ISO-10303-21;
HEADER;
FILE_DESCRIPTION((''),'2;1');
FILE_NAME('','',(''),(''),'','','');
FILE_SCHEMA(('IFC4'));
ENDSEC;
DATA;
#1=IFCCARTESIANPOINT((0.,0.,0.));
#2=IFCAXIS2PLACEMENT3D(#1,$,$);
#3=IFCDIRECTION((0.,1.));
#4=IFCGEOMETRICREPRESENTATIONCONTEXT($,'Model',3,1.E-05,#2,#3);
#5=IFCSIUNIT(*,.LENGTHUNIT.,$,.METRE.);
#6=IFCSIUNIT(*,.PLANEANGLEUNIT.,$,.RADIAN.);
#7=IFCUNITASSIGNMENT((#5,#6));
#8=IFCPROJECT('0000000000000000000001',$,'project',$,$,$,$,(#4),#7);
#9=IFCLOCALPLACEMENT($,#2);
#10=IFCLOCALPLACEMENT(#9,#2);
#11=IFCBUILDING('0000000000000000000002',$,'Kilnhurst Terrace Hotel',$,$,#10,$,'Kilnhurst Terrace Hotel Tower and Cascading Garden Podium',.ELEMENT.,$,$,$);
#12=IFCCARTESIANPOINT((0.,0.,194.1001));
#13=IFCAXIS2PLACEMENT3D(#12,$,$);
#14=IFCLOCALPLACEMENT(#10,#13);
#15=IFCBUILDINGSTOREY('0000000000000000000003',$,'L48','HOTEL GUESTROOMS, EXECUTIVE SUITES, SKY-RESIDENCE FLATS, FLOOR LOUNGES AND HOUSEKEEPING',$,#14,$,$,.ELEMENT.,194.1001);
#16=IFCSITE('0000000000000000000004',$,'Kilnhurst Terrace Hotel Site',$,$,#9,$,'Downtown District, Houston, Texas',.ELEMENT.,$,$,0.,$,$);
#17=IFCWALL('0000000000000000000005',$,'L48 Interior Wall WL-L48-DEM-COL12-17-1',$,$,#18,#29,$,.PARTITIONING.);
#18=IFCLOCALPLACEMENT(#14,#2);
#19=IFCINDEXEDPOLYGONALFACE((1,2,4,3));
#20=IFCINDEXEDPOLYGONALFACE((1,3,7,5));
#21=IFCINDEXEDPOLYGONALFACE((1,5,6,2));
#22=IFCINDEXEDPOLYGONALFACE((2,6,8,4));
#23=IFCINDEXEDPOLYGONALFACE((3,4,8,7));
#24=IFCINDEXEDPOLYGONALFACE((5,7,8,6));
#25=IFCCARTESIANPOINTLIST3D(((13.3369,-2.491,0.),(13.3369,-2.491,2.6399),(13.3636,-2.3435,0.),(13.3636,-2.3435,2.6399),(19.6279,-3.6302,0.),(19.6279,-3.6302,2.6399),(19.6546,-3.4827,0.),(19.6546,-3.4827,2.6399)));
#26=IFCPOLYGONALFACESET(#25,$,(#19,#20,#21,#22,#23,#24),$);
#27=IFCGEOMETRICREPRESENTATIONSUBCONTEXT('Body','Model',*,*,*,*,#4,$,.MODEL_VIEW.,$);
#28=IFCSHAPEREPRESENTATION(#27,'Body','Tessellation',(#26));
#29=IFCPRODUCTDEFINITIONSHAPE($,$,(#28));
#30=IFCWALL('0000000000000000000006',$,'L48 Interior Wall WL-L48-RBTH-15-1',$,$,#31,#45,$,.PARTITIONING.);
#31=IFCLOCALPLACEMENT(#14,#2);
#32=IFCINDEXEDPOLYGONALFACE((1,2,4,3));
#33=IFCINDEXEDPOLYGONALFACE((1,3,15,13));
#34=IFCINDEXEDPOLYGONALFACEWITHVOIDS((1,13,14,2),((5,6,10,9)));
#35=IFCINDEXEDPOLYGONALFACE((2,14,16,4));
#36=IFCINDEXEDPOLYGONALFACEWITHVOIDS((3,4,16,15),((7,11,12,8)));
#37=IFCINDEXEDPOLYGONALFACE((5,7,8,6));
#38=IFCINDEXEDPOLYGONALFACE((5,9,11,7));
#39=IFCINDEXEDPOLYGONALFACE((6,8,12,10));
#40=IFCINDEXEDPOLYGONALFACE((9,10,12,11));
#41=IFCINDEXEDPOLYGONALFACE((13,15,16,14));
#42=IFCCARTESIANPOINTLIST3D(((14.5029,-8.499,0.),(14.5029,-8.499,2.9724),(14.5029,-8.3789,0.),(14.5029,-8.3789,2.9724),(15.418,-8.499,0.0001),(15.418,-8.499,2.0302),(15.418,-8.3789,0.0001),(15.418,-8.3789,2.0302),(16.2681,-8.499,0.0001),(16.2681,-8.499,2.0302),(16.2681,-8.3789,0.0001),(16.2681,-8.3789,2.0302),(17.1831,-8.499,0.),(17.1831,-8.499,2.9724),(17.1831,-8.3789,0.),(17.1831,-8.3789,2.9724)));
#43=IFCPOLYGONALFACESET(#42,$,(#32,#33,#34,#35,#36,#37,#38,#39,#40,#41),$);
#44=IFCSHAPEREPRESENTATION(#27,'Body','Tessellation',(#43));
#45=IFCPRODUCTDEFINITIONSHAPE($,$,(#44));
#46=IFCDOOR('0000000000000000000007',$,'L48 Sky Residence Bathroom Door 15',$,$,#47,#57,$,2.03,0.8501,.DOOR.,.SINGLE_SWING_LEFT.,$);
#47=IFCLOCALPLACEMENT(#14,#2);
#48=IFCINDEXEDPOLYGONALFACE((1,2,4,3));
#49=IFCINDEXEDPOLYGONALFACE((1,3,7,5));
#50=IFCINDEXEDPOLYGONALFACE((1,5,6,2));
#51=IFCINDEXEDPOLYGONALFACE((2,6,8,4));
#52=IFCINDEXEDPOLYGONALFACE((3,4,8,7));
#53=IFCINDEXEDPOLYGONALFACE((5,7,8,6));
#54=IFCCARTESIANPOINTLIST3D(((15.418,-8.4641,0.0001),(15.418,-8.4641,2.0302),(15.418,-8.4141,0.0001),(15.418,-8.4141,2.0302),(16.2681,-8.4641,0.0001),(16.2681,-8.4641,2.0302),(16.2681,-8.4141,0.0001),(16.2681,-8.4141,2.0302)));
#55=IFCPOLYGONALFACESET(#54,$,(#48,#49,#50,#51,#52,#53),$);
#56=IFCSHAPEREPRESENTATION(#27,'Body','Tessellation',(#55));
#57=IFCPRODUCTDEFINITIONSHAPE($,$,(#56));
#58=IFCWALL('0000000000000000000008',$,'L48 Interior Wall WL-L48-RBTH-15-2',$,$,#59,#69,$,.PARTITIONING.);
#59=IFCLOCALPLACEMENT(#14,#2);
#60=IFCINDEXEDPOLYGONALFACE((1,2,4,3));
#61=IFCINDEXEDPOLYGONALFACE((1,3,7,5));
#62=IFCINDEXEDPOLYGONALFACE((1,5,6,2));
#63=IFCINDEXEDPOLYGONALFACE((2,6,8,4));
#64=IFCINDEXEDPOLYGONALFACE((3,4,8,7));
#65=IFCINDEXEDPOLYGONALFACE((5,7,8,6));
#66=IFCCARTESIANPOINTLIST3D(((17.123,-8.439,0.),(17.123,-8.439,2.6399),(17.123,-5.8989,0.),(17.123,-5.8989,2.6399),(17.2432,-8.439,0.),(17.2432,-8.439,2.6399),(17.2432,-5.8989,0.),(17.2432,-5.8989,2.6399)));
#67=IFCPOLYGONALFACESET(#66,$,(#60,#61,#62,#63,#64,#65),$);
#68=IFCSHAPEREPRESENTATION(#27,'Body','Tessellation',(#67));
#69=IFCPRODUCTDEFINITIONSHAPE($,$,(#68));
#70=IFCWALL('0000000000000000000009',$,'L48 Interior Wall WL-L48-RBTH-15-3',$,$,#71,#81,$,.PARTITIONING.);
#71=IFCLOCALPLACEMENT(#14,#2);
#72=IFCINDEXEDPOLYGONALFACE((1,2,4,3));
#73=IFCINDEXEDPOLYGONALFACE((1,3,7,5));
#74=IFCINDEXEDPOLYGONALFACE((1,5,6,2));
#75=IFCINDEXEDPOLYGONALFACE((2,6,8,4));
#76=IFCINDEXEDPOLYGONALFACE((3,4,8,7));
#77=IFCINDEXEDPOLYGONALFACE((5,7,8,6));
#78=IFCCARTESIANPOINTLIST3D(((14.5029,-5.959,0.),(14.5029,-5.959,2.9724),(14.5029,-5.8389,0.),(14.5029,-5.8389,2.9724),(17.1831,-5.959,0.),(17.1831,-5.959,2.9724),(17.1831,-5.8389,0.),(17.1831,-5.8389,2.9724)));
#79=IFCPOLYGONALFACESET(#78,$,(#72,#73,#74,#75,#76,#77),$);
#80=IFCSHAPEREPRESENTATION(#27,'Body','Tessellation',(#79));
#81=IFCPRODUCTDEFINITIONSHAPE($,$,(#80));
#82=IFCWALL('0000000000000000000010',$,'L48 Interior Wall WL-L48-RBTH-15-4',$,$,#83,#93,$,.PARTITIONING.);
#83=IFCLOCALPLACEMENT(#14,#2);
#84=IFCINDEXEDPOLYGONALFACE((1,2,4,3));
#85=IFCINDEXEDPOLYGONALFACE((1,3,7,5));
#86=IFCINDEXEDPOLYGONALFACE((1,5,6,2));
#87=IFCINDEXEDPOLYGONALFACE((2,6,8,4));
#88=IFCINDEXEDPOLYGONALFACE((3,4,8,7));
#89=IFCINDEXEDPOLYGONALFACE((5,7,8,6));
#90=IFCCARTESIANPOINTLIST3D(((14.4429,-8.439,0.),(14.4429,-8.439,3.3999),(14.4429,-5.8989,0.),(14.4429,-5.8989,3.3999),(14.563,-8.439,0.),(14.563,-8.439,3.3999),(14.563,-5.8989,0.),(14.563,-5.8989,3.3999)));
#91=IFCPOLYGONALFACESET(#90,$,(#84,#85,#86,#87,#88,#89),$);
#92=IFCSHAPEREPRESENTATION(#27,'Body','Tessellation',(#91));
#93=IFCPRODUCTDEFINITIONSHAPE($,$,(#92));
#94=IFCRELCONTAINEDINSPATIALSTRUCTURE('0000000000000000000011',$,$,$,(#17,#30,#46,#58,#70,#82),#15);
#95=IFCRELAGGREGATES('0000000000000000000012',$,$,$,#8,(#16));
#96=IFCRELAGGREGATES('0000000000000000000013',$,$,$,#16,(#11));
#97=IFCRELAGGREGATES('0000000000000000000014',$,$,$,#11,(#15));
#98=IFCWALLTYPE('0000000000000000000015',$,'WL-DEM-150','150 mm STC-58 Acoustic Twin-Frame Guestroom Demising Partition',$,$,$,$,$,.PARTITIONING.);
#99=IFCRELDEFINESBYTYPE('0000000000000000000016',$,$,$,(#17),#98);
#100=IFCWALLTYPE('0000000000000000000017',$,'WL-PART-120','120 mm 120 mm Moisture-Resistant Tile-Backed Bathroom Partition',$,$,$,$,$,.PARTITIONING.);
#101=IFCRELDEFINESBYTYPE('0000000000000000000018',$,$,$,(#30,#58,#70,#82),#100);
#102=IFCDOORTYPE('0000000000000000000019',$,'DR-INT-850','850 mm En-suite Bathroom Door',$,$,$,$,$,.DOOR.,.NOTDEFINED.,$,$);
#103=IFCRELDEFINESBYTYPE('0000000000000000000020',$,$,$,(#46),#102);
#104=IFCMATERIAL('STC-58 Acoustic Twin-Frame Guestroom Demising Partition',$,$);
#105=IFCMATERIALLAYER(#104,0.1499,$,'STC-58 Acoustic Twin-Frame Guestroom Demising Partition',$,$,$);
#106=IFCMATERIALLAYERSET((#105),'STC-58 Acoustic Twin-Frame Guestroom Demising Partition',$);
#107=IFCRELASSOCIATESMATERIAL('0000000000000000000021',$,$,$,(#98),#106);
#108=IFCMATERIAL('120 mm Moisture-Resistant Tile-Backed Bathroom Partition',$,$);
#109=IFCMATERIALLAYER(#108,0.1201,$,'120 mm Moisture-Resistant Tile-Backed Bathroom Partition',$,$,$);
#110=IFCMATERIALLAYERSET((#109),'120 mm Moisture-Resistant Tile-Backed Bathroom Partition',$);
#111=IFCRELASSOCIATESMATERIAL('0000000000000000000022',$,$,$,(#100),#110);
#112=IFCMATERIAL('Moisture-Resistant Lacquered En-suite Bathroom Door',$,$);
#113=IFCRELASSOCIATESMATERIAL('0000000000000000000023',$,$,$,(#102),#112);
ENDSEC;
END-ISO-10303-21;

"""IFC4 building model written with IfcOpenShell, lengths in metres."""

from ifc_helpers import new_model, si_unit, direction, frame, frame_2d, origin, place, context, subcontext, project, spatial, rectangle, extrude, material, layer, layer_set, type_object, element, fill, save


model = new_model("IFC4")

# Units and contexts
model_context = context("Model", 3, precision=1e-05, world=origin(), true_north=direction((0.0, 1.0)))
body_context = subcontext(model_context, "Body", "Model", "MODEL_VIEW")
ifc_project = project(units=[si_unit("LENGTHUNIT", "METRE"), si_unit("PLANEANGLEUNIT", "RADIAN")], contexts=[model_context])

# Site, building, storey
site_placement = place(None, origin())
site = spatial("IfcSite", under=ifc_project, at=site_placement, Name="Kilnhurst Terrace Hotel Site", LongName="Downtown District, Houston, Texas", CompositionType="ELEMENT", RefElevation=0.0)
building_placement = place(site_placement, origin())
building = spatial("IfcBuilding", under=site, at=building_placement, Name="Kilnhurst Terrace Hotel", LongName="Kilnhurst Terrace Hotel Tower and Cascading Garden Podium", CompositionType="ELEMENT")
storey_placement = place(building_placement, frame((0.0, 0.0, 194.1001)))
storey = spatial("IfcBuildingStorey", under=building, at=storey_placement, Name="L48", Description="HOTEL GUESTROOMS, EXECUTIVE SUITES, SKY-RESIDENCE FLATS, FLOOR LOUNGES AND HOUSEKEEPING", CompositionType="ELEMENT", Elevation=194.1001)

# Wall
ifc_material_1 = material(Name="STC-58 Acoustic Twin-Frame Guestroom Demising Partition")
ifc_layer_1 = layer(ifc_material_1, 0.1499, Name="STC-58 Acoustic Twin-Frame Guestroom Demising Partition")
ifc_layer_set_1 = layer_set([ifc_layer_1], Name="STC-58 Acoustic Twin-Frame Guestroom Demising Partition")
wall_type_1 = type_object("IfcWallType", Name="WL-DEM-150", Description="150 mm STC-58 Acoustic Twin-Frame Guestroom Demising Partition", PredefinedType="PARTITIONING", material=ifc_layer_set_1)
wall_1_placement = place(storey_placement, frame((13.3501, -2.4172, 0.0), z_axis=(0.0, 0.0, 1.0), x_axis=(0.983998, -0.17818, 0.0)))
element("IfcWall", 1, at=wall_1_placement, inside=storey, type_object=wall_type_1, Name="L48 Interior Wall WL-L48-DEM-COL12-17-1", PredefinedType="PARTITIONING", context=body_context, shape_type="SweptSolid", body=[
    extrude(rectangle(XDim=6.3933, YDim=0.1499, at=frame_2d((3.1968, 0.0))), origin(), (0.0, 0.0, 1.0), 2.6399),
])

# Wall, opening, door
ifc_material_2 = material(Name="120 mm Moisture-Resistant Tile-Backed Bathroom Partition")
ifc_layer_2 = layer(ifc_material_2, 0.1201, Name="120 mm Moisture-Resistant Tile-Backed Bathroom Partition")
ifc_layer_set_2 = layer_set([ifc_layer_2], Name="120 mm Moisture-Resistant Tile-Backed Bathroom Partition")
wall_type_2 = type_object("IfcWallType", Name="WL-PART-120", Description="120 mm 120 mm Moisture-Resistant Tile-Backed Bathroom Partition", PredefinedType="PARTITIONING", material=ifc_layer_set_2)
wall_2_placement = place(storey_placement, frame((14.5029, -8.439, 0.0), z_axis=(0.0, 0.0, 1.0), x_axis=(1.0, 0.0, 0.0)))
wall_2 = element("IfcWall", 2, at=wall_2_placement, inside=storey, type_object=wall_type_2, Name="L48 Interior Wall WL-L48-RBTH-15-1", PredefinedType="PARTITIONING", context=body_context, shape_type="SweptSolid", body=[
    extrude(rectangle(XDim=2.6802, YDim=0.1201, at=frame_2d((1.3401, 0.0))), origin(), (0.0, 0.0, 1.0), 2.9724),
])
opening_1_placement = place(wall_2_placement, frame((0.915, 0.0, 0.0)))
opening_1 = element("IfcOpeningElement", 3, at=opening_1_placement, cuts=wall_2, PredefinedType="OPENING", context=body_context, shape_type="SweptSolid", body=[
    extrude(rectangle(XDim=0.8501, YDim=2.03, at=frame_2d((0.425, 1.0151))), frame((0.0, 0.0701, 0.0), z_axis=(0.0, -1.0, 0.0), x_axis=(1.0, 0.0, 0.0)), (0.0, 0.0, 1.0), 0.1401),
])
ifc_material_3 = material(Name="Moisture-Resistant Lacquered En-suite Bathroom Door")
door_type_1 = type_object("IfcDoorType", Name="DR-INT-850", Description="850 mm En-suite Bathroom Door", OperationType="NOTDEFINED", PredefinedType="DOOR", material=ifc_material_3)
door_1_placement = place(opening_1_placement, origin())
door_1 = element("IfcDoor", 4, at=door_1_placement, inside=storey, type_object=door_type_1, Name="L48 Sky Residence Bathroom Door 15", OperationType="SINGLE_SWING_LEFT", OverallHeight=2.03, OverallWidth=0.8501, PredefinedType="DOOR", context=body_context, shape_type="SweptSolid", body=[
    extrude(rectangle(XDim=0.8501, YDim=2.03, at=frame_2d((0.425, 1.0151))), frame((0.0, 0.0249, 0.0), z_axis=(0.0, -1.0, 0.0), x_axis=(1.0, 0.0, 0.0)), (0.0, 0.0, 1.0), 0.05),
])
fill(opening_1, door_1)

# Walls
wall_3_placement = place(storey_placement, frame((17.1831, -8.439, 0.0), z_axis=(0.0, 0.0, 1.0), x_axis=(0.0, 1.0, 0.0)))
element("IfcWall", 5, at=wall_3_placement, inside=storey, type_object=wall_type_2, Name="L48 Interior Wall WL-L48-RBTH-15-2", PredefinedType="PARTITIONING", context=body_context, shape_type="SweptSolid", body=[
    extrude(rectangle(XDim=2.54, YDim=0.1201, at=frame_2d((1.27, 0.0))), origin(), (0.0, 0.0, 1.0), 2.6399),
])
wall_4_placement = place(storey_placement, frame((17.1831, -5.8989, 0.0), z_axis=(0.0, 0.0, 1.0), x_axis=(-1.0, 0.0, 0.0)))
element("IfcWall", 6, at=wall_4_placement, inside=storey, type_object=wall_type_2, Name="L48 Interior Wall WL-L48-RBTH-15-3", PredefinedType="PARTITIONING", context=body_context, shape_type="SweptSolid", body=[
    extrude(rectangle(XDim=2.6802, YDim=0.1201, at=frame_2d((1.3401, 0.0))), origin(), (0.0, 0.0, 1.0), 2.9724),
])
wall_5_placement = place(storey_placement, frame((14.5029, -5.8989, 0.0), z_axis=(0.0, 0.0, 1.0), x_axis=(0.0, -1.0, 0.0)))
element("IfcWall", 7, at=wall_5_placement, inside=storey, type_object=wall_type_2, Name="L48 Interior Wall WL-L48-RBTH-15-4", PredefinedType="PARTITIONING", context=body_context, shape_type="SweptSolid", body=[
    extrude(rectangle(XDim=2.54, YDim=0.1201, at=frame_2d((1.27, 0.0))), origin(), (0.0, 0.0, 1.0), 3.3999),
])

save(model, "model.ifc")
